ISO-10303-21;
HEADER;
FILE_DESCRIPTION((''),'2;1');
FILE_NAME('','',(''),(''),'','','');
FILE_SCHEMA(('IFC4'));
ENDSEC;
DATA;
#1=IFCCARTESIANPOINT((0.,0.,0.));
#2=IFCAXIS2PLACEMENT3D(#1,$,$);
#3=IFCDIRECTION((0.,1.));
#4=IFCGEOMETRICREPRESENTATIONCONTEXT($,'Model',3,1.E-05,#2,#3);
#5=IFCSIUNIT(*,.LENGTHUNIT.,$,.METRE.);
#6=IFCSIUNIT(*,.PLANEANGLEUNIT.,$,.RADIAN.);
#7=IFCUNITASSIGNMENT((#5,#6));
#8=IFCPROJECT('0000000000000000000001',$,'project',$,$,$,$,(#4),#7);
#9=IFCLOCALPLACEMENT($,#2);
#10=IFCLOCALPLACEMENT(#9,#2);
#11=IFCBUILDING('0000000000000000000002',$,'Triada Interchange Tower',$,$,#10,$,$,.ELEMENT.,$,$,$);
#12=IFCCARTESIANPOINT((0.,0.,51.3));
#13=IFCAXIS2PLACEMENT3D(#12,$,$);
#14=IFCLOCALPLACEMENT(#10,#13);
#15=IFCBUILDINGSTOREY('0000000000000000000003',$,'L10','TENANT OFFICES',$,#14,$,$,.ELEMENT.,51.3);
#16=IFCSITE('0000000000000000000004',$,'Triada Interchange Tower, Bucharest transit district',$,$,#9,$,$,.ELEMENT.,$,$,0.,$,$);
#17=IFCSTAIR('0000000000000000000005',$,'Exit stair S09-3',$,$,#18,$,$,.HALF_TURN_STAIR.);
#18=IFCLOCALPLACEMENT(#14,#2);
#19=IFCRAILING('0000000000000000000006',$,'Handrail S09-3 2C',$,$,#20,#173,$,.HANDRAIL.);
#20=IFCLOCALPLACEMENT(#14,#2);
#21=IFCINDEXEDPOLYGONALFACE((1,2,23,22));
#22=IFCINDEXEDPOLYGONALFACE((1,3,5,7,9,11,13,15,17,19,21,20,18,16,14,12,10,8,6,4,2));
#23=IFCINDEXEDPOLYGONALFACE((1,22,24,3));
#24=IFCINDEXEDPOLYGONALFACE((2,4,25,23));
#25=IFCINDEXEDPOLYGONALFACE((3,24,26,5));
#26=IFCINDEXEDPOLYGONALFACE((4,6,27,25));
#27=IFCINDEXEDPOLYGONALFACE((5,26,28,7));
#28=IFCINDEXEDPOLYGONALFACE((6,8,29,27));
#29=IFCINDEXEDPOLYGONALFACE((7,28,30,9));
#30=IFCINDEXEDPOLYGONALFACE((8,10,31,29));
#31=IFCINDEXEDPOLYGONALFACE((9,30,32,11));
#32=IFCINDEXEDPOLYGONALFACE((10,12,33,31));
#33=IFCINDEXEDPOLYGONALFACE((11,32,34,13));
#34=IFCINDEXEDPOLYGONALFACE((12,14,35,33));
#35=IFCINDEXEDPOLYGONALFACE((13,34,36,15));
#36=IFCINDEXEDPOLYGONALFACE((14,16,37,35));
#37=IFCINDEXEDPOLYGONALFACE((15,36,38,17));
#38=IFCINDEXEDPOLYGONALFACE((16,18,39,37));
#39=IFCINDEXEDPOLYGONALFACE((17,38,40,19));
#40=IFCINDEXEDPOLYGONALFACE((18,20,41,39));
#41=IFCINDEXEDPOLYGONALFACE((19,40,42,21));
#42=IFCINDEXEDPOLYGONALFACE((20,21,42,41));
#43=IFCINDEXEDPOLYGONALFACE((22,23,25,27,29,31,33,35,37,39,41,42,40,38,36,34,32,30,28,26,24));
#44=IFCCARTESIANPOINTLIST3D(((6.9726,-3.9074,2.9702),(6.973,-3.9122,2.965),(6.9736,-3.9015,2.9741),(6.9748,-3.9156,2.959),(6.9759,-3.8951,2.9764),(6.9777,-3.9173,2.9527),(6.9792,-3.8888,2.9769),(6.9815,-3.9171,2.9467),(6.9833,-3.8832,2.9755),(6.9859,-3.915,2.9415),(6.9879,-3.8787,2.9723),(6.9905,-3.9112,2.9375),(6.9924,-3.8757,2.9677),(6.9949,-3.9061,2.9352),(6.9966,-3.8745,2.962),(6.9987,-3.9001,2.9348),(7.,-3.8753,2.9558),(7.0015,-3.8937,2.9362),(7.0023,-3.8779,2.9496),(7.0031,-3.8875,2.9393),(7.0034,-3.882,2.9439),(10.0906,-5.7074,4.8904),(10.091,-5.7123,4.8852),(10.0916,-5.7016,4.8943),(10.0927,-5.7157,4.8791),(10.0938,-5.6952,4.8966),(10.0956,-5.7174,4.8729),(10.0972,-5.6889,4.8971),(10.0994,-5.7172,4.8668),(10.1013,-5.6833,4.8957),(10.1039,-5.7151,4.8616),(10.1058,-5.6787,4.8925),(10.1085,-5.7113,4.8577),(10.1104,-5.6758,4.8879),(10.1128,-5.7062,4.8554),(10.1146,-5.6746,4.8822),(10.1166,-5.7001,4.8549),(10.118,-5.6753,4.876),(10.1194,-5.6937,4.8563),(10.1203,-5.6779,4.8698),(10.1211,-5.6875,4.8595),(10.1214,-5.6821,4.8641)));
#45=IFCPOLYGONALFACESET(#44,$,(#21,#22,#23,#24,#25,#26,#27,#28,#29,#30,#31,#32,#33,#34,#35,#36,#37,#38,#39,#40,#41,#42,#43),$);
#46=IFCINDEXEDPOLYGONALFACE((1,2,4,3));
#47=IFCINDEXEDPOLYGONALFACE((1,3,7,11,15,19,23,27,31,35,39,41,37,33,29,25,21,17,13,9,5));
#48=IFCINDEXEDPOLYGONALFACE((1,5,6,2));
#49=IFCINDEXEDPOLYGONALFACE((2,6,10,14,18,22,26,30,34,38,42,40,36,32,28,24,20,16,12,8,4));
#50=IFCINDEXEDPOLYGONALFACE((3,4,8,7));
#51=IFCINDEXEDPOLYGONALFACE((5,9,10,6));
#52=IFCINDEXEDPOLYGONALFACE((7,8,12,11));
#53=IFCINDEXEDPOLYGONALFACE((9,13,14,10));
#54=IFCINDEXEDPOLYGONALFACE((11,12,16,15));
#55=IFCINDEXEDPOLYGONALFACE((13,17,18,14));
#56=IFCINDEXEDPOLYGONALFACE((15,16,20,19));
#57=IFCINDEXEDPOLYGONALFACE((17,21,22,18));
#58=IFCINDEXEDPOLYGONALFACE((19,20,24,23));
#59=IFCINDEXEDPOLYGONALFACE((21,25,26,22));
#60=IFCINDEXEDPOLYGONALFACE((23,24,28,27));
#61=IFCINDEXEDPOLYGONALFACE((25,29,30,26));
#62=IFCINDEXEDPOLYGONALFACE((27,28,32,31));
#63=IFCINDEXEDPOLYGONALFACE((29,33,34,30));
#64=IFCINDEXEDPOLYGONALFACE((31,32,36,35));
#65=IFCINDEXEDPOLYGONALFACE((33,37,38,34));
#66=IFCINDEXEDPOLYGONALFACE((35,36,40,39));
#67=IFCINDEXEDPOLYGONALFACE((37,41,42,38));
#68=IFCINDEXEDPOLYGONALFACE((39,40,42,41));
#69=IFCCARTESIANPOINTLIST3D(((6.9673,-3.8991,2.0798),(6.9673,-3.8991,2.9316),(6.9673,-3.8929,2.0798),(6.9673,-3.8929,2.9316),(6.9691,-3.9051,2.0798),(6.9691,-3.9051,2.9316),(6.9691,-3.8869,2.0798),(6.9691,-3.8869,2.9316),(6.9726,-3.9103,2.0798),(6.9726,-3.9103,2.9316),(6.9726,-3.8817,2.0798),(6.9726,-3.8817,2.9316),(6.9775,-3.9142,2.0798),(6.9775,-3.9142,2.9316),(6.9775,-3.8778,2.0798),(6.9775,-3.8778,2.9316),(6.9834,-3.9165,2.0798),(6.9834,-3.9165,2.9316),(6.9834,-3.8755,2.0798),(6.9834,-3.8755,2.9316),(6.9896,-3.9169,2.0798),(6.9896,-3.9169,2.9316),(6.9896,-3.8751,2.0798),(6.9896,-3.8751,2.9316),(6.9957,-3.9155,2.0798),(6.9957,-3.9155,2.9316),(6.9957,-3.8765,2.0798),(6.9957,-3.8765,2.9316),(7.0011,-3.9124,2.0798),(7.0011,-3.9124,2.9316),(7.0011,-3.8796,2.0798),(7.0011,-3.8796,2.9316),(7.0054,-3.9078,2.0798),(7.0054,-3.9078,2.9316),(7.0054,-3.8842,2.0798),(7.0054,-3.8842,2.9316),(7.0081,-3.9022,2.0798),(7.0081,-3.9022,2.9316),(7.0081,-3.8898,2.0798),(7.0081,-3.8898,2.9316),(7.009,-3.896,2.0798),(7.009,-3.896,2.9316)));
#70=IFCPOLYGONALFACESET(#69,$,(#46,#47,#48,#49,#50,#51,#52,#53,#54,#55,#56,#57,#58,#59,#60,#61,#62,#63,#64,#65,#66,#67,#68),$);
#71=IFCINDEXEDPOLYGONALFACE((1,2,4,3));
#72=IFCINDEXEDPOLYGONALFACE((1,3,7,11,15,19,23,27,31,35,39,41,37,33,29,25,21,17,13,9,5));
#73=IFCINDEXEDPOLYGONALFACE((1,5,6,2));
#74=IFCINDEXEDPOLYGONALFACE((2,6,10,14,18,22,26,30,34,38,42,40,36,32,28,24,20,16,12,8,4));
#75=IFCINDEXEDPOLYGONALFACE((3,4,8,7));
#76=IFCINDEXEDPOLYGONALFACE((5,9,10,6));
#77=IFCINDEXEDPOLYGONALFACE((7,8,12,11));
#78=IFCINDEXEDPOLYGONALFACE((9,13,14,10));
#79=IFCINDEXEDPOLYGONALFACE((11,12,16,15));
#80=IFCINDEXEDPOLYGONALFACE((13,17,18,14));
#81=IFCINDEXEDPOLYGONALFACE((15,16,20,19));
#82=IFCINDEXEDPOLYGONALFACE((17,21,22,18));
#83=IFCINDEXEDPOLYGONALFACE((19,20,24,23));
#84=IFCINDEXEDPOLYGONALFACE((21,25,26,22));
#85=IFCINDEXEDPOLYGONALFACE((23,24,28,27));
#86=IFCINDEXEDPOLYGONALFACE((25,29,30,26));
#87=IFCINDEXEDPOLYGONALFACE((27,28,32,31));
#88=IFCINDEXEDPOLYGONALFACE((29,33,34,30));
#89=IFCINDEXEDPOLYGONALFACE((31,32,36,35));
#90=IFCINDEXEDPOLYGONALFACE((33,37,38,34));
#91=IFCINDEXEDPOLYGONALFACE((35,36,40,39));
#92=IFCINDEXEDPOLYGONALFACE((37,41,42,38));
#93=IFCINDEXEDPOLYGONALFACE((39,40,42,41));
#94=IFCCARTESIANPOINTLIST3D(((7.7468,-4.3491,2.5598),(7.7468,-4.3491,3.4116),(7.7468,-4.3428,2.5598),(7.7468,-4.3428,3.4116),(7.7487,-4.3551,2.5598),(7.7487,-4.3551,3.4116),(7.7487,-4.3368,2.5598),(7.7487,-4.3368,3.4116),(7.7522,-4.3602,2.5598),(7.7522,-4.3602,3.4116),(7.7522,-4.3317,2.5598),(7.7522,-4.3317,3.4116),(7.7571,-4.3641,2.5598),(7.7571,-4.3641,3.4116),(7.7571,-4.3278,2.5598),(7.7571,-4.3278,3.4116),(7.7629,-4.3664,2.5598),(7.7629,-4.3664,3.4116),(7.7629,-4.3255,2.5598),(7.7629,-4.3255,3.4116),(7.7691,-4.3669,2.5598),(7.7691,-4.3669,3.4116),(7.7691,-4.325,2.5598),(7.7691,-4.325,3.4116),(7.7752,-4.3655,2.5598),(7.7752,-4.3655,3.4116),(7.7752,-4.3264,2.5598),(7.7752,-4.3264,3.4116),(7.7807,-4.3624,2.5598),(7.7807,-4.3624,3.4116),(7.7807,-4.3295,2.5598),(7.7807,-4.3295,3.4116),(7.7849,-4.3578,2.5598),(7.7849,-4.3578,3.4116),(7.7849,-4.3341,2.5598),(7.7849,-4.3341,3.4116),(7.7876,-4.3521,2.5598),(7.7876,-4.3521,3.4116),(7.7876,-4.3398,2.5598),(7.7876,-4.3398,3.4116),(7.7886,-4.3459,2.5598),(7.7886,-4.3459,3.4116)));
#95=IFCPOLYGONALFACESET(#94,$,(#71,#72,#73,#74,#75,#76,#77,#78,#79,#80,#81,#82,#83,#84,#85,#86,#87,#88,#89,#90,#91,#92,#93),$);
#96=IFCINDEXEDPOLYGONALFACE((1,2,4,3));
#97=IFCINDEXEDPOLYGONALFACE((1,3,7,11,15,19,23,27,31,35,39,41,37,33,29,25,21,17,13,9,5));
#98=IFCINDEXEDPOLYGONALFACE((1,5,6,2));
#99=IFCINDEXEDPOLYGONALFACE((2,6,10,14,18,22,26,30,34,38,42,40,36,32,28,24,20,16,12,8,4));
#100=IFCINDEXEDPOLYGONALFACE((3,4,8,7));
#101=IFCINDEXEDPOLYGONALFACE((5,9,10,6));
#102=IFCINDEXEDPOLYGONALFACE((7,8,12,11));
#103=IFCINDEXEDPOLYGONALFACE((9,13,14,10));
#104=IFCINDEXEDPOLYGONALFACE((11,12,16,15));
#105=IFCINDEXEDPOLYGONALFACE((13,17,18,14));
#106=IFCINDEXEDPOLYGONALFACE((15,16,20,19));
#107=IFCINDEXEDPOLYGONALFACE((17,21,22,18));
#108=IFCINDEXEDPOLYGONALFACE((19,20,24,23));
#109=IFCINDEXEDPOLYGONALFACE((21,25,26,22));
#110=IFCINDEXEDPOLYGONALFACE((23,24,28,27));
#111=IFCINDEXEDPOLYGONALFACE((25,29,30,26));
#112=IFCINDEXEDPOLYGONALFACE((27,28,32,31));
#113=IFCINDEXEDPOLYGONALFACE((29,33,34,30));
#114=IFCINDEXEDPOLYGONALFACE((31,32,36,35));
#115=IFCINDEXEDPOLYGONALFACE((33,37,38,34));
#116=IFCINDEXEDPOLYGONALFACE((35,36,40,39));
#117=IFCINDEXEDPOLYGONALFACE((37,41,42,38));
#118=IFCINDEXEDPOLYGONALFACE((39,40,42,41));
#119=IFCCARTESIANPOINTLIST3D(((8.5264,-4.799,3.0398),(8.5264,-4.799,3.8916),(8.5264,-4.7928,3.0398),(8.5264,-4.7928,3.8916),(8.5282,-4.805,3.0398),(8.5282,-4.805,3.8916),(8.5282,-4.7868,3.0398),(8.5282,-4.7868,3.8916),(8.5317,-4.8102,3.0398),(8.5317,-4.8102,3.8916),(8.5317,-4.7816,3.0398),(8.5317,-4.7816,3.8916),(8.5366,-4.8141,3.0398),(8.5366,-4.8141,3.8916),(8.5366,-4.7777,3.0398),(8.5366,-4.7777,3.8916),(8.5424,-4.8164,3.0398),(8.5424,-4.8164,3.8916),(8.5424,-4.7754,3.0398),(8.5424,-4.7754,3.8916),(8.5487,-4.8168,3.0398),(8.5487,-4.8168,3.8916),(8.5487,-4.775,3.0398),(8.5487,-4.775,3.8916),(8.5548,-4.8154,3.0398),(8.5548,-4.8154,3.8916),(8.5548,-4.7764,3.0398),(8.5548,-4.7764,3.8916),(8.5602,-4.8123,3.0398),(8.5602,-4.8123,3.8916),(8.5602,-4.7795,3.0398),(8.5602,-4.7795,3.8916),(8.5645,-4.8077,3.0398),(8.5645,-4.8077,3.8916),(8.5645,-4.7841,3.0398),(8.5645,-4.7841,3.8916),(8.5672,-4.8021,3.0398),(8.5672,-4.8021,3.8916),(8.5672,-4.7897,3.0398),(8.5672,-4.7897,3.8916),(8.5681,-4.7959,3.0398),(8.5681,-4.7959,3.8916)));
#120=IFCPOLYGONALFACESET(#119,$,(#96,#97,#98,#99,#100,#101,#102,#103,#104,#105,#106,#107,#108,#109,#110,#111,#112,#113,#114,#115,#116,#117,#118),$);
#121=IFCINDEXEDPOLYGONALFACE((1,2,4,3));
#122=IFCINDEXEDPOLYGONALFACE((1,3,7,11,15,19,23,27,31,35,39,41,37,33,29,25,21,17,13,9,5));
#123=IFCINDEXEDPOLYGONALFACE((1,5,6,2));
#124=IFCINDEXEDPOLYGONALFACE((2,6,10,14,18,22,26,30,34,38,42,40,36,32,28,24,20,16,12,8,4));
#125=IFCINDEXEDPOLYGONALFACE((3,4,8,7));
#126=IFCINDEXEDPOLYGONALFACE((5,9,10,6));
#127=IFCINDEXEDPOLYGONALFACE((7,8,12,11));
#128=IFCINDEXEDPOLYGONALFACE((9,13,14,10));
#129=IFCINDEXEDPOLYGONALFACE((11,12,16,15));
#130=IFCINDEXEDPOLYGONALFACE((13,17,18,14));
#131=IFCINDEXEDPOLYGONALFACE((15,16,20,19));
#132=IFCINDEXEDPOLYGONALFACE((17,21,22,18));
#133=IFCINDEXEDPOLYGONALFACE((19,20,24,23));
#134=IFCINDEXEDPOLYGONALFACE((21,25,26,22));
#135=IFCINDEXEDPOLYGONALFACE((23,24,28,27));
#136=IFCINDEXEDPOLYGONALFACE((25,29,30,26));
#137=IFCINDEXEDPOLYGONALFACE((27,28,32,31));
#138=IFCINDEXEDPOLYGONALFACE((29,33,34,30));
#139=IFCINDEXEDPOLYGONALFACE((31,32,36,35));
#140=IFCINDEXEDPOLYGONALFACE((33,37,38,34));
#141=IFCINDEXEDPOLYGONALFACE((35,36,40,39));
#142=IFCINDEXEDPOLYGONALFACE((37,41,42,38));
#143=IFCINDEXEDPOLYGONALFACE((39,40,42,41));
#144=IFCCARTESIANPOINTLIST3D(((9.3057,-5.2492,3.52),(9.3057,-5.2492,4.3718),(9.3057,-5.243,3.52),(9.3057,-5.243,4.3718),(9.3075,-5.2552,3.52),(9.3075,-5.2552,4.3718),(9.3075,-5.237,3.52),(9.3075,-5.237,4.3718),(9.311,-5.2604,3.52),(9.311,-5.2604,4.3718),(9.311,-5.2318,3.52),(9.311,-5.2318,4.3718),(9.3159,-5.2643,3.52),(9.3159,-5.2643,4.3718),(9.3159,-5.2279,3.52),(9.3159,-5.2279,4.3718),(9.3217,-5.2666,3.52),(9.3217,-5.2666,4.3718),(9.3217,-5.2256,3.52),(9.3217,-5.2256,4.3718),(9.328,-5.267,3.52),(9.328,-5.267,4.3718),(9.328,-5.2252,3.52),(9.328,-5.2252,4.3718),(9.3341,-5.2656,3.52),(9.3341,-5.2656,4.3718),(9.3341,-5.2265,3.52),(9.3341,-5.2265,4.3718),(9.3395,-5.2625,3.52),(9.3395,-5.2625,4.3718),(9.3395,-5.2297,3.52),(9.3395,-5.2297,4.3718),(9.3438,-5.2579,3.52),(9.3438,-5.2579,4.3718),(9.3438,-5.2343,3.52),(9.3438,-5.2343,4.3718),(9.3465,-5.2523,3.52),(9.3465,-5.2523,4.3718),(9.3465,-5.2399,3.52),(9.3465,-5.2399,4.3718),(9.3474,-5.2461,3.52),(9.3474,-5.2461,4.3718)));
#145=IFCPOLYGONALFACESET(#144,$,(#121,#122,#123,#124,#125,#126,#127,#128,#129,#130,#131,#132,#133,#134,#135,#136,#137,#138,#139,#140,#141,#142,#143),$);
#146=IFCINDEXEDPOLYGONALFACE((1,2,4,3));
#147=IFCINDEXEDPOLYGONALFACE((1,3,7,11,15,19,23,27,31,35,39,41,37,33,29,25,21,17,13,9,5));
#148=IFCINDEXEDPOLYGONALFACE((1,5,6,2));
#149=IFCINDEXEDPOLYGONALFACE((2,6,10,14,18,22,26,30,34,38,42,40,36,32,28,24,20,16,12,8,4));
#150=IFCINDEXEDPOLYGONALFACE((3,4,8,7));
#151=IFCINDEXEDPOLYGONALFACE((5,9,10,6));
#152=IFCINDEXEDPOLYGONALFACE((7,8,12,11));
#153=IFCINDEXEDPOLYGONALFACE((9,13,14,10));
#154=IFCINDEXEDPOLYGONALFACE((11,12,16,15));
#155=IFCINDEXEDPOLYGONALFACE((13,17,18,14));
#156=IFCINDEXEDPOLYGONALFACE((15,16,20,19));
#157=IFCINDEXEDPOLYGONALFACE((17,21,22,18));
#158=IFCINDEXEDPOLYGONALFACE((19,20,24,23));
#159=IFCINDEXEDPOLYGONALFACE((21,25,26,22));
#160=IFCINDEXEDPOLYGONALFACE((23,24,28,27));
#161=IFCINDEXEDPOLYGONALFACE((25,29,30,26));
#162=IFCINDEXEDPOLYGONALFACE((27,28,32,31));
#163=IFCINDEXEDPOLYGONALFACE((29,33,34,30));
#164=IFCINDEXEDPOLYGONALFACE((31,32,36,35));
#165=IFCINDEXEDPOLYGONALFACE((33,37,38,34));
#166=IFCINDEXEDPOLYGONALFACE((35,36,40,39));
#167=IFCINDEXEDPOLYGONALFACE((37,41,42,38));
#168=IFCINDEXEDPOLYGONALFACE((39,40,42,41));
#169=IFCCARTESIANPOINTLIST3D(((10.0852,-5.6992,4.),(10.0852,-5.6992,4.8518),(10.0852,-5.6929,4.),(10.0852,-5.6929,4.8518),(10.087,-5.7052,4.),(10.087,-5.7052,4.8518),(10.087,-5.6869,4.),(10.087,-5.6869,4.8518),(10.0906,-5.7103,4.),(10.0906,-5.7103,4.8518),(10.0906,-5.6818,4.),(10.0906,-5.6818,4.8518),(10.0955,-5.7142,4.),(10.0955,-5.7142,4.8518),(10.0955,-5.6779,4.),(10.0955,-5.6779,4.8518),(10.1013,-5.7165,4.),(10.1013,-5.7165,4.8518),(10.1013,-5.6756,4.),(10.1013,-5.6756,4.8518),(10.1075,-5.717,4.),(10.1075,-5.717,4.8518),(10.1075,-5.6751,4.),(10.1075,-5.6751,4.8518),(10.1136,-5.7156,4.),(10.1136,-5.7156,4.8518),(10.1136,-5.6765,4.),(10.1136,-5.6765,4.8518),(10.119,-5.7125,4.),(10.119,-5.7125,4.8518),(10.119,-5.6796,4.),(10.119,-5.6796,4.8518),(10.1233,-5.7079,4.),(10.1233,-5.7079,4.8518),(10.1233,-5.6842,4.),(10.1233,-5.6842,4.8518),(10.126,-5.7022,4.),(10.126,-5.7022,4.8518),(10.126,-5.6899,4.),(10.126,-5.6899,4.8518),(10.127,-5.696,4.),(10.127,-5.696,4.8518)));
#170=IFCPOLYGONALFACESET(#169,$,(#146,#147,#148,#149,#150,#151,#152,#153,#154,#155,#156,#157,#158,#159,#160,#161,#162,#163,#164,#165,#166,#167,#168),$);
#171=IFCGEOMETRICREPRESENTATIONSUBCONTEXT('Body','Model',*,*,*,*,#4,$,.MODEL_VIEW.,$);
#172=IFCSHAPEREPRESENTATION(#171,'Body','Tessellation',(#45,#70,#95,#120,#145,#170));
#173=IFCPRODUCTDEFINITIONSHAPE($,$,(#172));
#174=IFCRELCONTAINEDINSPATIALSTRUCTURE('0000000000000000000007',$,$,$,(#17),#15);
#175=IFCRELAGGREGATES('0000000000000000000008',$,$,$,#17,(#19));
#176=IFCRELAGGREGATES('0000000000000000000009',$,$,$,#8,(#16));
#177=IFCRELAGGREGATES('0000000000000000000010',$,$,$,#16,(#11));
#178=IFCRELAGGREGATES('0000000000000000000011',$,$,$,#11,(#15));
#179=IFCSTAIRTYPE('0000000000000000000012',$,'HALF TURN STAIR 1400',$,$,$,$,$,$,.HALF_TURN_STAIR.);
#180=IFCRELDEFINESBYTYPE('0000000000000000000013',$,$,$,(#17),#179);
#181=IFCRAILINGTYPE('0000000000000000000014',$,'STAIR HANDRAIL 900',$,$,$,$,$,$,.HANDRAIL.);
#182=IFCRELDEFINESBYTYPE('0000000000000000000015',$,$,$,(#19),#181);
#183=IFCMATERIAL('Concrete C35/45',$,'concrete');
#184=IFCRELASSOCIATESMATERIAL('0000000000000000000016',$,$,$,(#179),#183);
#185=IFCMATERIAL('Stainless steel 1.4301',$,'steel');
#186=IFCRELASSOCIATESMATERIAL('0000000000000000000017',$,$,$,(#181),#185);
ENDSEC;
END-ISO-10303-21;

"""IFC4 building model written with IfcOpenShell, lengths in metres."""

from ifc_helpers import new_model, si_unit, direction, frame, origin, origin_2d, place, context, subcontext, project, spatial, circle, extrude, material, type_object, element, aggregate, save


model = new_model("IFC4")

# Units and contexts
model_context = context("Model", 3, precision=1e-05, world=origin(), true_north=direction((0.0, 1.0)))
body_context = subcontext(model_context, "Body", "Model", "MODEL_VIEW")
ifc_project = project(units=[si_unit("LENGTHUNIT", "METRE"), si_unit("PLANEANGLEUNIT", "RADIAN")], contexts=[model_context])

# Site, building, storey
site_placement = place(None, origin())
site = spatial("IfcSite", under=ifc_project, at=site_placement, Name="Triada Interchange Tower, Bucharest transit district", CompositionType="ELEMENT", RefElevation=0.0)
building_placement = place(site_placement, origin())
building = spatial("IfcBuilding", under=site, at=building_placement, Name="Triada Interchange Tower", CompositionType="ELEMENT")
storey_placement = place(building_placement, frame((0.0, 0.0, 51.3)))
storey = spatial("IfcBuildingStorey", under=building, at=storey_placement, Name="L10", Description="TENANT OFFICES", CompositionType="ELEMENT", Elevation=51.3)

# Stair, railing
ifc_material_1 = material(Name="Concrete C35/45", Category="concrete")
stair_type = type_object("IfcStairType", Name="HALF TURN STAIR 1400", PredefinedType="HALF_TURN_STAIR", material=ifc_material_1)
stair_placement = place(storey_placement, origin())
stair = element("IfcStair", 1, at=stair_placement, inside=storey, type_object=stair_type, Name="Exit stair S09-3", PredefinedType="HALF_TURN_STAIR")
ifc_material_2 = material(Name="Stainless steel 1.4301", Category="steel")
railing_type = type_object("IfcRailingType", Name="STAIR HANDRAIL 900", PredefinedType="HANDRAIL", material=ifc_material_2)
railing_1_placement = place(storey_placement, frame((6.988, -3.896, 2.0798)))
railing_1 = element("IfcRailing", 2, at=railing_1_placement, type_object=railing_type, Name="Handrail S09-3 2C", PredefinedType="HANDRAIL", context=body_context, shape_type="SweptSolid", body=[
    extrude(circle(Radius=0.0239, at=origin_2d()), frame((0.0, 0.0, 0.876), z_axis=(0.764145, -0.441159, 0.470597), x_axis=(0.499983, 0.866035, 0.0)), (0.0, 0.0, 1.0), 4.0803),
    extrude(circle(Radius=0.021, at=origin_2d()), origin(), (0.0, 0.0, 1.0), 0.8518),
    extrude(circle(Radius=0.021, at=origin_2d()), frame((0.7795, -0.45, 0.48)), (0.0, 0.0, 1.0), 0.8518),
    extrude(circle(Radius=0.021, at=origin_2d()), frame((1.5591, -0.8999, 0.96)), (0.0, 0.0, 1.0), 0.8518),
    extrude(circle(Radius=0.021, at=origin_2d()), frame((2.3384, -1.3501, 1.4402)), (0.0, 0.0, 1.0), 0.8518),
    extrude(circle(Radius=0.021, at=origin_2d()), frame((3.1179, -1.8, 1.9202)), (0.0, 0.0, 1.0), 0.8518),
])
aggregate(stair, [railing_1])

save(model, "model.ifc")
